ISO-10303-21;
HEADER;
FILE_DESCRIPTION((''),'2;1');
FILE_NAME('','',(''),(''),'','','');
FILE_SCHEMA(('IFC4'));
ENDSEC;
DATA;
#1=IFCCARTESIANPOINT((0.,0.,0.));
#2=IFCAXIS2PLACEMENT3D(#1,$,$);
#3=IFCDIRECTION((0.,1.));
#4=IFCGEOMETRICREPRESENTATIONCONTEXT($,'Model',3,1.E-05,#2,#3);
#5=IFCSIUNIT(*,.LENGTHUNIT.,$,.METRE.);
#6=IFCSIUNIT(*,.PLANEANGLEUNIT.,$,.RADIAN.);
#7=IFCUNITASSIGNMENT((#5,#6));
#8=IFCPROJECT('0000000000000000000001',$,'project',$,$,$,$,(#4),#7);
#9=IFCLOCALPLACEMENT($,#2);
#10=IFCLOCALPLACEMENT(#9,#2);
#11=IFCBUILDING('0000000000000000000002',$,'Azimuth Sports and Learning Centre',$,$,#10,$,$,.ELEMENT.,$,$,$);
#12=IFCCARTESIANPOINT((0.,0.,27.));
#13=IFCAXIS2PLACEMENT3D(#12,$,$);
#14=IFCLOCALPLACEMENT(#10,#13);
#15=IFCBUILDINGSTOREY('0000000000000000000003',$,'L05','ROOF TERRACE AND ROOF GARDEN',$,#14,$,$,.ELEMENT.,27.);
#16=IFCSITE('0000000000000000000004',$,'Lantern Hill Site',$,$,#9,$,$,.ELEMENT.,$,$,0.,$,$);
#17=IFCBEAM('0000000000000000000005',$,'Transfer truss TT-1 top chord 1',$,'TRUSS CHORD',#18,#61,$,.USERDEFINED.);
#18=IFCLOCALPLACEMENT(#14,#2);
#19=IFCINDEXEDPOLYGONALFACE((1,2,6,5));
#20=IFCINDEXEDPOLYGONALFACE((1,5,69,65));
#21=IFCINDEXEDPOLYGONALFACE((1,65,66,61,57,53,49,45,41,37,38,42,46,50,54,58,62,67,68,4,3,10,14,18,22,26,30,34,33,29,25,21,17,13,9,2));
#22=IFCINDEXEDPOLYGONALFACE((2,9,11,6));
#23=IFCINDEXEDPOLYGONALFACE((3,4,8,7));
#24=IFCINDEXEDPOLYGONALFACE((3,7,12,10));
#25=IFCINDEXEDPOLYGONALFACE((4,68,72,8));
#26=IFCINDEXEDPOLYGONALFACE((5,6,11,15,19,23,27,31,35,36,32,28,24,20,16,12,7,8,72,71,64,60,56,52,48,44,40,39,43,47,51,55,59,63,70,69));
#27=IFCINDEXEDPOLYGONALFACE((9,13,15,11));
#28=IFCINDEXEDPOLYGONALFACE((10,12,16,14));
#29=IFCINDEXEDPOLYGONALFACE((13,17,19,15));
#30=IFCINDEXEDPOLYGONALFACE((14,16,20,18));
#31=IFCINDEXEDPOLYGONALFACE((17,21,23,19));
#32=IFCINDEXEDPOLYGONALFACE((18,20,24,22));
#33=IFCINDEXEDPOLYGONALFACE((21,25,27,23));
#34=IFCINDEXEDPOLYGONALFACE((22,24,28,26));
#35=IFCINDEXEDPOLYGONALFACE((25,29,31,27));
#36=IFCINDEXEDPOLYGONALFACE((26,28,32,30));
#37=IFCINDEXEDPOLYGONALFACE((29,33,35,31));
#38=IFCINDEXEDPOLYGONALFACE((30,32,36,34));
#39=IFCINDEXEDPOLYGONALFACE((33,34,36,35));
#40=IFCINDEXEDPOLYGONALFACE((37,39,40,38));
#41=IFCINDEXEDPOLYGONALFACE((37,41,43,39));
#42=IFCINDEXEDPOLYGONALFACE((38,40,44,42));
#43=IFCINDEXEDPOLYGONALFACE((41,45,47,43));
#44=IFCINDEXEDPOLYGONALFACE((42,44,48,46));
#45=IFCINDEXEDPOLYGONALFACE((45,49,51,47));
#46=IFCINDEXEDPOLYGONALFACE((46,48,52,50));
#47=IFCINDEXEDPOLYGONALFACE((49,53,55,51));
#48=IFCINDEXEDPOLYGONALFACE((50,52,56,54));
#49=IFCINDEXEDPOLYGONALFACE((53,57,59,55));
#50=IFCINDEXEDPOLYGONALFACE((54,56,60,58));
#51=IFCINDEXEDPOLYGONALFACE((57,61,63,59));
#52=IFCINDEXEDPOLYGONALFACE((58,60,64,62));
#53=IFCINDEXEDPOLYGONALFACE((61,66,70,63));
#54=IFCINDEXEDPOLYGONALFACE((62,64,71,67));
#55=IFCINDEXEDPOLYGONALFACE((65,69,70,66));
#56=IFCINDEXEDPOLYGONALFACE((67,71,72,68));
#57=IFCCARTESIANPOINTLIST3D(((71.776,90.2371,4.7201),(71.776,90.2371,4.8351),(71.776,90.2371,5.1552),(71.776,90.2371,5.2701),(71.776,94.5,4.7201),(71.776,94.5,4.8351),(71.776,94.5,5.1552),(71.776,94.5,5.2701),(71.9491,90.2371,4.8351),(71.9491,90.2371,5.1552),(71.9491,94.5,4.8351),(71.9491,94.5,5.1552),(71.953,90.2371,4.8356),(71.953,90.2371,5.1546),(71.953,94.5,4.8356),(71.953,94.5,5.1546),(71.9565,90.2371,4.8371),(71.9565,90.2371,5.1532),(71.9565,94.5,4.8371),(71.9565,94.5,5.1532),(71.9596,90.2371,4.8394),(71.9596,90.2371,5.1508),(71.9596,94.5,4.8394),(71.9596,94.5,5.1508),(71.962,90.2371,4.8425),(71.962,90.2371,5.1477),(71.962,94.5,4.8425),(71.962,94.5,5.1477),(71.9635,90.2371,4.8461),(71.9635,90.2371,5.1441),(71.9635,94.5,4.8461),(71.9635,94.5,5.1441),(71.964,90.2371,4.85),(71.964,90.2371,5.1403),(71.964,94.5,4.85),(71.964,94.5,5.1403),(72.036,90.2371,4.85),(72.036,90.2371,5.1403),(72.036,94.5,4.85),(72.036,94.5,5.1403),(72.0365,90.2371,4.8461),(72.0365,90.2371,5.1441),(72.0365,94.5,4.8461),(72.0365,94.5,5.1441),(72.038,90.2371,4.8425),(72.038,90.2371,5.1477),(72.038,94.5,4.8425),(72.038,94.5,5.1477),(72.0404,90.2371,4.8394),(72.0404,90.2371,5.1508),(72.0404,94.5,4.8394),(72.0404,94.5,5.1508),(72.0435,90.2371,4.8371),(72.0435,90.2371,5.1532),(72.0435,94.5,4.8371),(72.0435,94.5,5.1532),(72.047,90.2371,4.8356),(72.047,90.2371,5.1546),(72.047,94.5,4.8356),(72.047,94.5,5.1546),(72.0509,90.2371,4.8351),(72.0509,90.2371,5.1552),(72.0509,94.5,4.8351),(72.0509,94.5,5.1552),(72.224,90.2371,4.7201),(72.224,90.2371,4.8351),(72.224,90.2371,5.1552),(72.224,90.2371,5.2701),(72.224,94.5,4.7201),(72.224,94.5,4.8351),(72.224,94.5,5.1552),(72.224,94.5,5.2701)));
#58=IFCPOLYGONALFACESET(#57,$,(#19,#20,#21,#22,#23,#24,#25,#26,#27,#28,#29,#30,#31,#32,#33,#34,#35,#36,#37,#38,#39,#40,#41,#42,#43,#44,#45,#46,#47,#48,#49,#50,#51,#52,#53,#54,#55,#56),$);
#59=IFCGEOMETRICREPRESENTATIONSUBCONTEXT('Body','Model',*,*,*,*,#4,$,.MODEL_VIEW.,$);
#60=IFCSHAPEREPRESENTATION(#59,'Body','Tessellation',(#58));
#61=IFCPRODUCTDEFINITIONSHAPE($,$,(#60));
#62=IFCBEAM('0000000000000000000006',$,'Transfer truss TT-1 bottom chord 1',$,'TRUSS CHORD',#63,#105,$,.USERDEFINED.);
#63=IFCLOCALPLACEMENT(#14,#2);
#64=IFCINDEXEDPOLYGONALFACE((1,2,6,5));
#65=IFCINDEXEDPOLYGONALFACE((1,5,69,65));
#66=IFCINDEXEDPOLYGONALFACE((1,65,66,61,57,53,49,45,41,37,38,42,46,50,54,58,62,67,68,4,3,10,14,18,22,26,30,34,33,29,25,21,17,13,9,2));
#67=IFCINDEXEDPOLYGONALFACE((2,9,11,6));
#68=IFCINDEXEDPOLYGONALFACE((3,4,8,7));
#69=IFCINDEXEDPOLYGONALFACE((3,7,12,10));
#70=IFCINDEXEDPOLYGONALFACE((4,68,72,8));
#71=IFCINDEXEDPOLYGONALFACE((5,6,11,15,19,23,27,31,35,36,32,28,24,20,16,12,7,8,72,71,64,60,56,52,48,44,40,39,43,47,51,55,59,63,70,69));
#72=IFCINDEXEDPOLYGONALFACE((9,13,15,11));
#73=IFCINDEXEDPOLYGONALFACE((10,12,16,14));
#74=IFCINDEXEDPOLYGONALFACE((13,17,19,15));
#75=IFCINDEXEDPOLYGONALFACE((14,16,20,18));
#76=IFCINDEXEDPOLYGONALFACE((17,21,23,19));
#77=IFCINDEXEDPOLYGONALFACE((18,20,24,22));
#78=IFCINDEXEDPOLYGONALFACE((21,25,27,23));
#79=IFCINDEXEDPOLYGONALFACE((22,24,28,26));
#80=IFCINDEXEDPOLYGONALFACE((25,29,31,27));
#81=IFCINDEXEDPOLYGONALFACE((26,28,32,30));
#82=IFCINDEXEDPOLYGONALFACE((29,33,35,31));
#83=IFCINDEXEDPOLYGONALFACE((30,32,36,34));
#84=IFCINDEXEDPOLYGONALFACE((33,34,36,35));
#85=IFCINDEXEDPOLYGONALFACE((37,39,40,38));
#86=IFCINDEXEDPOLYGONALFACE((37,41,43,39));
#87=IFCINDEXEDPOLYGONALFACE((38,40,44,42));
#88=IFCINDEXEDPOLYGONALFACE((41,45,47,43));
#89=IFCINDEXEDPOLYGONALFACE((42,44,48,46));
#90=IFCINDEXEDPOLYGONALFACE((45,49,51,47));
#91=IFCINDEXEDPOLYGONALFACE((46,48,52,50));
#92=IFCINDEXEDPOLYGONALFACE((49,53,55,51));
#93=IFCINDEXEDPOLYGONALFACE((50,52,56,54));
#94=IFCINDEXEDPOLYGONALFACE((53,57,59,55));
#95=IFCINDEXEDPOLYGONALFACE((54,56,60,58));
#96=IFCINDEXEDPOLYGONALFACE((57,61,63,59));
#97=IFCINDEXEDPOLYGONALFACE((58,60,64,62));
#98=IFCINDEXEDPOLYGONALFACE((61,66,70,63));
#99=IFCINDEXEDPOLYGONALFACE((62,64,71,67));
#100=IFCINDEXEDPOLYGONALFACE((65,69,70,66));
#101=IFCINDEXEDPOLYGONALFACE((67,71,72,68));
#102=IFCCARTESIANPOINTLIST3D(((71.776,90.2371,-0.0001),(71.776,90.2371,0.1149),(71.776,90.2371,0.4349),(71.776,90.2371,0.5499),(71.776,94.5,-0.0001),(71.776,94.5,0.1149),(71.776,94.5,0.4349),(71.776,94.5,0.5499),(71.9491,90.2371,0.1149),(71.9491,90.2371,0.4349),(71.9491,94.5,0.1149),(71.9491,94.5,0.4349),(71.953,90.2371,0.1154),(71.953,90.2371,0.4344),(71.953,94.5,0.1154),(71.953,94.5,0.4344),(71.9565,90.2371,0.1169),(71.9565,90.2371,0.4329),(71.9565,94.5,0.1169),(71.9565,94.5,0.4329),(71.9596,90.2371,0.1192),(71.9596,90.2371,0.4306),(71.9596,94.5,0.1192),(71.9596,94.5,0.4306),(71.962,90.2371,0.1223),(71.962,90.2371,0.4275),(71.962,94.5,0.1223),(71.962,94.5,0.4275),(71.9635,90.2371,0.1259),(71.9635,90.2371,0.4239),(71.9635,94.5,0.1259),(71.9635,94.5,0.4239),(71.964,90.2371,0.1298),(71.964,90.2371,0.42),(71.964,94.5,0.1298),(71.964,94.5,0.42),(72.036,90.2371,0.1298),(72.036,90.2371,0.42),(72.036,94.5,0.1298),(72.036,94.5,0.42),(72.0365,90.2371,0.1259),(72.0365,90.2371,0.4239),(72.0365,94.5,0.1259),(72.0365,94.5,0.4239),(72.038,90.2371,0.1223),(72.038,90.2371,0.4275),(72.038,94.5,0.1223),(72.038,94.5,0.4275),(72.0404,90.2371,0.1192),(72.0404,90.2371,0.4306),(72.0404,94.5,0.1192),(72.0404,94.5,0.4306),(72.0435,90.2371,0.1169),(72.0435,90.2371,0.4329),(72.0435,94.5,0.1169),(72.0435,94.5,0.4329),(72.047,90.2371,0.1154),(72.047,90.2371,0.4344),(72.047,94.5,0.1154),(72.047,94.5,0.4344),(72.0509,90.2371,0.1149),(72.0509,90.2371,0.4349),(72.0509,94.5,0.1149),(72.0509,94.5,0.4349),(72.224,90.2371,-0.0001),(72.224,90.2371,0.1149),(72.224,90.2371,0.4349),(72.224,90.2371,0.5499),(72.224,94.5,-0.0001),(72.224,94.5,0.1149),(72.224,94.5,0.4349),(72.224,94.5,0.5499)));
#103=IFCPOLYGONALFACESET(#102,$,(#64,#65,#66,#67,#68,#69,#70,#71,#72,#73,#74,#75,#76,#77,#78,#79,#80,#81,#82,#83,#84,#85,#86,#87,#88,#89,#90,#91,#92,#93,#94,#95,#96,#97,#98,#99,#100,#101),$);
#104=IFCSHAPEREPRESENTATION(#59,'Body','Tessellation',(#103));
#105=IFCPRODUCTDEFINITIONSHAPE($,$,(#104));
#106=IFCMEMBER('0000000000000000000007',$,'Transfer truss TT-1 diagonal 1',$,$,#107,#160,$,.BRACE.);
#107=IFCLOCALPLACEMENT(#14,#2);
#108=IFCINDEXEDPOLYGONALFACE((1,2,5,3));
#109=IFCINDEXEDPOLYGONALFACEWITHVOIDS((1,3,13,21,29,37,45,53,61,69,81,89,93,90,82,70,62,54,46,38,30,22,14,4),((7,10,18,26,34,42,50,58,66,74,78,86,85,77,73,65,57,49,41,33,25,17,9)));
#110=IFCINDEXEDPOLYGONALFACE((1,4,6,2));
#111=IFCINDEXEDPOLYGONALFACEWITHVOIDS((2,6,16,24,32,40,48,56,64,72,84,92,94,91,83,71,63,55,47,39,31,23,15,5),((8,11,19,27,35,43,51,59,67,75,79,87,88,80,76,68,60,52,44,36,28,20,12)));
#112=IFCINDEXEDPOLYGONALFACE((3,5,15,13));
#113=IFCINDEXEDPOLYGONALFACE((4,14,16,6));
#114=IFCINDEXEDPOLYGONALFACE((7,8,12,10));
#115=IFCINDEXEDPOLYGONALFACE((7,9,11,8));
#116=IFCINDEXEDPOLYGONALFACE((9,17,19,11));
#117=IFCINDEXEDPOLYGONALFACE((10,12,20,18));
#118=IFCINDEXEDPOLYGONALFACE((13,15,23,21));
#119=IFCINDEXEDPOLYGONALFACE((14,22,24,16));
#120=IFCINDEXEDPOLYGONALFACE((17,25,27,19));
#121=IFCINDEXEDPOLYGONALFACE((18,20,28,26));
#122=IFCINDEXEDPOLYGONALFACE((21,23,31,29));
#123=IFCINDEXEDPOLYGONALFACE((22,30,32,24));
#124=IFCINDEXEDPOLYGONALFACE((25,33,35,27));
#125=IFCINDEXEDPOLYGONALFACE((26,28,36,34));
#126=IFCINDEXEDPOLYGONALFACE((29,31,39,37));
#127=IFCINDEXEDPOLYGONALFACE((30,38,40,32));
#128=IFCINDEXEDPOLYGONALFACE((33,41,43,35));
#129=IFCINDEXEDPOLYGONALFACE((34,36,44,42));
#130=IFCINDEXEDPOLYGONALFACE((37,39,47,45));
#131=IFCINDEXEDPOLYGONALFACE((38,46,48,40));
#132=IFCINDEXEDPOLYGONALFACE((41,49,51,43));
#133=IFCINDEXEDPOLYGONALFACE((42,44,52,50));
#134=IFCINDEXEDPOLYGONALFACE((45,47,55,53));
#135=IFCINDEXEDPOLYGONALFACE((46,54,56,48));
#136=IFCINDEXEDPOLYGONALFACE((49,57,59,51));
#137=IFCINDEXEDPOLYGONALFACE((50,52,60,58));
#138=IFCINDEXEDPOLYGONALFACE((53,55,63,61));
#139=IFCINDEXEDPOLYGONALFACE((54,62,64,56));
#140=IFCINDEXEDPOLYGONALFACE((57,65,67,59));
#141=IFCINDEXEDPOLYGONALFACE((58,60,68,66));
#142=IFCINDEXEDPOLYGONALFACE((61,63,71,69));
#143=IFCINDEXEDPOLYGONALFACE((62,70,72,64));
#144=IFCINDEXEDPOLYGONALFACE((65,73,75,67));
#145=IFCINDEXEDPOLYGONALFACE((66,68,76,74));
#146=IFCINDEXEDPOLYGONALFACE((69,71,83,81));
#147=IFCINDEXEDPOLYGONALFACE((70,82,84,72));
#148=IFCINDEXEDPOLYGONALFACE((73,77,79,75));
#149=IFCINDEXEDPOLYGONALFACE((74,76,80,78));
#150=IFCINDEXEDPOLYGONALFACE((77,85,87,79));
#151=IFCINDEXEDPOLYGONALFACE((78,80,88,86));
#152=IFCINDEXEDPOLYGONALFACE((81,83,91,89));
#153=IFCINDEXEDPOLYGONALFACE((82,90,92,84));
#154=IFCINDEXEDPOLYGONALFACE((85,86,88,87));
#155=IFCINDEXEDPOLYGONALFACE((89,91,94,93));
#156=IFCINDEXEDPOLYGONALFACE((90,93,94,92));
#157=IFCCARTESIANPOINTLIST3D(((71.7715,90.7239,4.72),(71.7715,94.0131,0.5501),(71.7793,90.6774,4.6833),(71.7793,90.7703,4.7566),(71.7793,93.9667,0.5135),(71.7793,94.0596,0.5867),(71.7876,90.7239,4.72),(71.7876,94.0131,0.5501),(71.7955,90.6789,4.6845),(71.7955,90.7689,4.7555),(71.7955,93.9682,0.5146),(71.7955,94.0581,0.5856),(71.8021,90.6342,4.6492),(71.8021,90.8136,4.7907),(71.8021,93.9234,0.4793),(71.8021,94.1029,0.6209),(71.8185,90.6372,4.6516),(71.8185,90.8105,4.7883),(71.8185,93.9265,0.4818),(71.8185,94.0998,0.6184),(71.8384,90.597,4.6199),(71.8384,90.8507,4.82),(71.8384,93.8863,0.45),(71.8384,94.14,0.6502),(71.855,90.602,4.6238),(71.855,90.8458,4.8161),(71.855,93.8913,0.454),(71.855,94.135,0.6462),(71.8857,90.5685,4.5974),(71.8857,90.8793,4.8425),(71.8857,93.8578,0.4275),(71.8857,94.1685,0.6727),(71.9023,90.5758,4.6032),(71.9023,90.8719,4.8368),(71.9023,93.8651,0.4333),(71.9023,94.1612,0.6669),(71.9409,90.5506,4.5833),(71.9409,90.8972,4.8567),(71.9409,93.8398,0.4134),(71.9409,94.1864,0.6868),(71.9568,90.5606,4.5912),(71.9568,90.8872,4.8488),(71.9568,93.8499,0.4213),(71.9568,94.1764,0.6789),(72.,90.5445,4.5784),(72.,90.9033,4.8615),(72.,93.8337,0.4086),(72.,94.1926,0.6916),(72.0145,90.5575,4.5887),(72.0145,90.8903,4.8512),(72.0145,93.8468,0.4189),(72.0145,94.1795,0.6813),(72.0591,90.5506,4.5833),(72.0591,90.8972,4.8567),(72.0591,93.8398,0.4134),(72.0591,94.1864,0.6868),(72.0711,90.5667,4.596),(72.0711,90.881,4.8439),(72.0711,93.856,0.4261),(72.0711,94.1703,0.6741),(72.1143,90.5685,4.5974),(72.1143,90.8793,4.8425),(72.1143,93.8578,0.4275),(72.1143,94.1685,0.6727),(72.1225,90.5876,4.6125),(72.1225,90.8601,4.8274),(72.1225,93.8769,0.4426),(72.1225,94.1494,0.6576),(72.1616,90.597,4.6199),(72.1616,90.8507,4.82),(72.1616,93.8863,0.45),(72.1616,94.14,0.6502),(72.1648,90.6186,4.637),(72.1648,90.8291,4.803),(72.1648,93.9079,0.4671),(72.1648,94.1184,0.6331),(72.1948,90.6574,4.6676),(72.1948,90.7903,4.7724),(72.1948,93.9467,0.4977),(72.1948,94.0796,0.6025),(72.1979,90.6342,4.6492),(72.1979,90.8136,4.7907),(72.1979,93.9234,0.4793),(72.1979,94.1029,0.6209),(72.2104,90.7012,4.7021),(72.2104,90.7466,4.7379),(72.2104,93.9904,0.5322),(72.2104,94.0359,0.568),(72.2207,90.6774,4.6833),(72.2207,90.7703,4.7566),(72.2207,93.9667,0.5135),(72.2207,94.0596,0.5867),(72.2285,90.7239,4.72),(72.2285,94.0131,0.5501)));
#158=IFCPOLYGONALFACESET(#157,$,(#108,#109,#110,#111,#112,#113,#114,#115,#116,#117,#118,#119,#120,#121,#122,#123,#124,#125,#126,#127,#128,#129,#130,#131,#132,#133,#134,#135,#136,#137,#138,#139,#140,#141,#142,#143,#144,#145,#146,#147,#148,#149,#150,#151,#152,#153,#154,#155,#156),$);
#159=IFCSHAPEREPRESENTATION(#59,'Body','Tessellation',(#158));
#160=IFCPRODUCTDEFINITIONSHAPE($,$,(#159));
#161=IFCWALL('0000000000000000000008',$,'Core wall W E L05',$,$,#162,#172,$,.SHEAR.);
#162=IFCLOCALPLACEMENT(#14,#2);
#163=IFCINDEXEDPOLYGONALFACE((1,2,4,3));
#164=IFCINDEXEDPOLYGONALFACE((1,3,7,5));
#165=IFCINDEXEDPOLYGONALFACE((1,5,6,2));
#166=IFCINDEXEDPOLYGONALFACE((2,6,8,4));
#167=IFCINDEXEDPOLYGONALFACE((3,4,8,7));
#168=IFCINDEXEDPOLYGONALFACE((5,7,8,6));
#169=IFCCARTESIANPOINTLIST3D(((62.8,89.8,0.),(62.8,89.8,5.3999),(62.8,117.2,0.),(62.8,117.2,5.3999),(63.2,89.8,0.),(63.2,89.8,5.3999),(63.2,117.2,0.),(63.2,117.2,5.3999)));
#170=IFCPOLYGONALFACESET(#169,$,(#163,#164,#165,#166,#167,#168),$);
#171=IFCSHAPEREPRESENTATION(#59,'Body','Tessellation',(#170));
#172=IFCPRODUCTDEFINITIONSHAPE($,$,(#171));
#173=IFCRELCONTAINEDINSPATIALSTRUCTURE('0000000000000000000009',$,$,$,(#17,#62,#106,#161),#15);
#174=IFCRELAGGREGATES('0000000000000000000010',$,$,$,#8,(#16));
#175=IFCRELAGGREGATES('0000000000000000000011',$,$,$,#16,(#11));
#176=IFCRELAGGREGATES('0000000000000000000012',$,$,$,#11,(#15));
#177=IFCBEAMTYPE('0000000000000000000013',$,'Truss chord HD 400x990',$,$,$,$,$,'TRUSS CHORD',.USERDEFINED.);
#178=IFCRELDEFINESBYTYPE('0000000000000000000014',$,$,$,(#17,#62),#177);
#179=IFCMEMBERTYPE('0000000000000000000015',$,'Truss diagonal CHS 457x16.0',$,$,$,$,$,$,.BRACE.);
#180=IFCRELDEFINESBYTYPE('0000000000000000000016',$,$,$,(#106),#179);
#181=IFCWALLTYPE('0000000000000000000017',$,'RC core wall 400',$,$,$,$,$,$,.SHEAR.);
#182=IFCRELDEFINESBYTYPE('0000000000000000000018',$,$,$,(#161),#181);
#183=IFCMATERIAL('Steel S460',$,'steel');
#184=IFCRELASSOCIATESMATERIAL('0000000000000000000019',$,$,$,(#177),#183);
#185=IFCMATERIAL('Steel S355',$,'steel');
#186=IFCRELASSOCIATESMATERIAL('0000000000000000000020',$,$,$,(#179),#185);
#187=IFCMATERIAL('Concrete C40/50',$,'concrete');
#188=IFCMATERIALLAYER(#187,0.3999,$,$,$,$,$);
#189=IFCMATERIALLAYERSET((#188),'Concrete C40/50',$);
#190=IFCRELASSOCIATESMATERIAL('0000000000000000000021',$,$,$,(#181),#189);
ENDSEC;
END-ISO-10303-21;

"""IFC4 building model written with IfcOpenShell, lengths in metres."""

from ifc_helpers import new_model, si_unit, direction, frame, frame_2d, origin, origin_2d, place, context, subcontext, project, spatial, rectangle, hollow_circle, i_section, extrude, material, layer, layer_set, material_profile, profile_set, type_object, element, save


model = new_model("IFC4")

# Units and contexts
model_context = context("Model", 3, precision=1e-05, world=origin(), true_north=direction((0.0, 1.0)))
body_context = subcontext(model_context, "Body", "Model", "MODEL_VIEW")
ifc_project = project(units=[si_unit("LENGTHUNIT", "METRE"), si_unit("PLANEANGLEUNIT", "RADIAN")], contexts=[model_context])

# Site, building, storey
site_placement = place(None, origin())
site = spatial("IfcSite", under=ifc_project, at=site_placement, Name="Lantern Hill Site", CompositionType="ELEMENT", RefElevation=0.0)
building_placement = place(site_placement, origin())
building = spatial("IfcBuilding", under=site, at=building_placement, Name="Azimuth Sports and Learning Centre", CompositionType="ELEMENT")
storey_placement = place(building_placement, frame((0.0, 0.0, 27.0)))
storey = spatial("IfcBuildingStorey", under=building, at=storey_placement, Name="L05", Description="ROOF TERRACE AND ROOF GARDEN", CompositionType="ELEMENT", Elevation=27.0)

# Beams
ifc_material_1 = material(Name="Steel S460", Category="steel")
ifc_material_profile_1 = material_profile(ifc_material_1, i_section(OverallWidth=0.448, OverallDepth=0.55, WebThickness=0.072, FlangeThickness=0.115, FilletRadius=0.0149, at=origin_2d()), Name="HD 400x990")
ifc_profile_set_1 = profile_set([ifc_material_profile_1], Name="Steel S460")
beam_type_1 = type_object("IfcBeamType", Name="Truss chord HD 400x990", ElementType="TRUSS CHORD", PredefinedType="USERDEFINED", material=ifc_profile_set_1)
for number, where, z_axis, x_axis, name in (
    (1, (72.0, 90.2371, 4.9951), (0.0, 1.0, 0.0), (-1.0, 0.0, 0.0), "Transfer truss TT-1 top chord 1"),
    (2, (72.0, 90.2371, 0.2749), (0.0, 1.0, 0.0), (-1.0, 0.0, 0.0), "Transfer truss TT-1 bottom chord 1"),
):
    element("IfcBeam", number, at=place(storey_placement, frame(where, z_axis=z_axis, x_axis=x_axis)), inside=storey, type_object=beam_type_1, Name=name, ObjectType="TRUSS CHORD", PredefinedType="USERDEFINED", context=body_context, shape_type="SweptSolid", body=[
        extrude(i_section(OverallWidth=0.448, OverallDepth=0.55, WebThickness=0.072, FlangeThickness=0.115, FilletRadius=0.0149, at=origin_2d()), origin(), (0.0, 0.0, 1.0), 4.2629),
    ])

# Member
ifc_material_2 = material(Name="Steel S355", Category="steel")
ifc_material_profile_2 = material_profile(ifc_material_2, hollow_circle(Radius=0.2285, WallThickness=0.0161, at=origin_2d()), Name="CHS 457x16.0")
ifc_profile_set_2 = profile_set([ifc_material_profile_2], Name="Steel S355")
member_type = type_object("IfcMemberType", Name="Truss diagonal CHS 457x16.0", PredefinedType="BRACE", material=ifc_profile_set_2)
member_placement = place(storey_placement, frame((72.0, 90.7239, 4.72), z_axis=(0.0, 0.619327, -0.785133), x_axis=(-1.0, 0.0, 0.0)))
element("IfcMember", 3, at=member_placement, inside=storey, type_object=member_type, Name="Transfer truss TT-1 diagonal 1", PredefinedType="BRACE", context=body_context, shape_type="SweptSolid", body=[
    extrude(hollow_circle(Radius=0.2285, WallThickness=0.0161, at=origin_2d()), origin(), (0.0, 0.0, 1.0), 5.311),
])

# Wall
ifc_material_3 = material(Name="Concrete C40/50", Category="concrete")
ifc_layer_1 = layer(ifc_material_3, 0.3999)
ifc_layer_set_1 = layer_set([ifc_layer_1], Name="Concrete C40/50")
wall_type_1 = type_object("IfcWallType", Name="RC core wall 400", PredefinedType="SHEAR", material=ifc_layer_set_1)
wall_1_placement = place(storey_placement, frame((63.0, 89.8, 0.0), z_axis=(0.0, 0.0, 1.0), x_axis=(0.0, 1.0, 0.0)))
element("IfcWall", 4, at=wall_1_placement, inside=storey, type_object=wall_type_1, Name="Core wall W E L05", PredefinedType="SHEAR", context=body_context, shape_type="SweptSolid", body=[
    extrude(rectangle(XDim=27.3999, YDim=0.3999, at=frame_2d((13.7, 0.0))), origin(), (0.0, 0.0, 1.0), 5.3999),
])

save(model, "model.ifc")
